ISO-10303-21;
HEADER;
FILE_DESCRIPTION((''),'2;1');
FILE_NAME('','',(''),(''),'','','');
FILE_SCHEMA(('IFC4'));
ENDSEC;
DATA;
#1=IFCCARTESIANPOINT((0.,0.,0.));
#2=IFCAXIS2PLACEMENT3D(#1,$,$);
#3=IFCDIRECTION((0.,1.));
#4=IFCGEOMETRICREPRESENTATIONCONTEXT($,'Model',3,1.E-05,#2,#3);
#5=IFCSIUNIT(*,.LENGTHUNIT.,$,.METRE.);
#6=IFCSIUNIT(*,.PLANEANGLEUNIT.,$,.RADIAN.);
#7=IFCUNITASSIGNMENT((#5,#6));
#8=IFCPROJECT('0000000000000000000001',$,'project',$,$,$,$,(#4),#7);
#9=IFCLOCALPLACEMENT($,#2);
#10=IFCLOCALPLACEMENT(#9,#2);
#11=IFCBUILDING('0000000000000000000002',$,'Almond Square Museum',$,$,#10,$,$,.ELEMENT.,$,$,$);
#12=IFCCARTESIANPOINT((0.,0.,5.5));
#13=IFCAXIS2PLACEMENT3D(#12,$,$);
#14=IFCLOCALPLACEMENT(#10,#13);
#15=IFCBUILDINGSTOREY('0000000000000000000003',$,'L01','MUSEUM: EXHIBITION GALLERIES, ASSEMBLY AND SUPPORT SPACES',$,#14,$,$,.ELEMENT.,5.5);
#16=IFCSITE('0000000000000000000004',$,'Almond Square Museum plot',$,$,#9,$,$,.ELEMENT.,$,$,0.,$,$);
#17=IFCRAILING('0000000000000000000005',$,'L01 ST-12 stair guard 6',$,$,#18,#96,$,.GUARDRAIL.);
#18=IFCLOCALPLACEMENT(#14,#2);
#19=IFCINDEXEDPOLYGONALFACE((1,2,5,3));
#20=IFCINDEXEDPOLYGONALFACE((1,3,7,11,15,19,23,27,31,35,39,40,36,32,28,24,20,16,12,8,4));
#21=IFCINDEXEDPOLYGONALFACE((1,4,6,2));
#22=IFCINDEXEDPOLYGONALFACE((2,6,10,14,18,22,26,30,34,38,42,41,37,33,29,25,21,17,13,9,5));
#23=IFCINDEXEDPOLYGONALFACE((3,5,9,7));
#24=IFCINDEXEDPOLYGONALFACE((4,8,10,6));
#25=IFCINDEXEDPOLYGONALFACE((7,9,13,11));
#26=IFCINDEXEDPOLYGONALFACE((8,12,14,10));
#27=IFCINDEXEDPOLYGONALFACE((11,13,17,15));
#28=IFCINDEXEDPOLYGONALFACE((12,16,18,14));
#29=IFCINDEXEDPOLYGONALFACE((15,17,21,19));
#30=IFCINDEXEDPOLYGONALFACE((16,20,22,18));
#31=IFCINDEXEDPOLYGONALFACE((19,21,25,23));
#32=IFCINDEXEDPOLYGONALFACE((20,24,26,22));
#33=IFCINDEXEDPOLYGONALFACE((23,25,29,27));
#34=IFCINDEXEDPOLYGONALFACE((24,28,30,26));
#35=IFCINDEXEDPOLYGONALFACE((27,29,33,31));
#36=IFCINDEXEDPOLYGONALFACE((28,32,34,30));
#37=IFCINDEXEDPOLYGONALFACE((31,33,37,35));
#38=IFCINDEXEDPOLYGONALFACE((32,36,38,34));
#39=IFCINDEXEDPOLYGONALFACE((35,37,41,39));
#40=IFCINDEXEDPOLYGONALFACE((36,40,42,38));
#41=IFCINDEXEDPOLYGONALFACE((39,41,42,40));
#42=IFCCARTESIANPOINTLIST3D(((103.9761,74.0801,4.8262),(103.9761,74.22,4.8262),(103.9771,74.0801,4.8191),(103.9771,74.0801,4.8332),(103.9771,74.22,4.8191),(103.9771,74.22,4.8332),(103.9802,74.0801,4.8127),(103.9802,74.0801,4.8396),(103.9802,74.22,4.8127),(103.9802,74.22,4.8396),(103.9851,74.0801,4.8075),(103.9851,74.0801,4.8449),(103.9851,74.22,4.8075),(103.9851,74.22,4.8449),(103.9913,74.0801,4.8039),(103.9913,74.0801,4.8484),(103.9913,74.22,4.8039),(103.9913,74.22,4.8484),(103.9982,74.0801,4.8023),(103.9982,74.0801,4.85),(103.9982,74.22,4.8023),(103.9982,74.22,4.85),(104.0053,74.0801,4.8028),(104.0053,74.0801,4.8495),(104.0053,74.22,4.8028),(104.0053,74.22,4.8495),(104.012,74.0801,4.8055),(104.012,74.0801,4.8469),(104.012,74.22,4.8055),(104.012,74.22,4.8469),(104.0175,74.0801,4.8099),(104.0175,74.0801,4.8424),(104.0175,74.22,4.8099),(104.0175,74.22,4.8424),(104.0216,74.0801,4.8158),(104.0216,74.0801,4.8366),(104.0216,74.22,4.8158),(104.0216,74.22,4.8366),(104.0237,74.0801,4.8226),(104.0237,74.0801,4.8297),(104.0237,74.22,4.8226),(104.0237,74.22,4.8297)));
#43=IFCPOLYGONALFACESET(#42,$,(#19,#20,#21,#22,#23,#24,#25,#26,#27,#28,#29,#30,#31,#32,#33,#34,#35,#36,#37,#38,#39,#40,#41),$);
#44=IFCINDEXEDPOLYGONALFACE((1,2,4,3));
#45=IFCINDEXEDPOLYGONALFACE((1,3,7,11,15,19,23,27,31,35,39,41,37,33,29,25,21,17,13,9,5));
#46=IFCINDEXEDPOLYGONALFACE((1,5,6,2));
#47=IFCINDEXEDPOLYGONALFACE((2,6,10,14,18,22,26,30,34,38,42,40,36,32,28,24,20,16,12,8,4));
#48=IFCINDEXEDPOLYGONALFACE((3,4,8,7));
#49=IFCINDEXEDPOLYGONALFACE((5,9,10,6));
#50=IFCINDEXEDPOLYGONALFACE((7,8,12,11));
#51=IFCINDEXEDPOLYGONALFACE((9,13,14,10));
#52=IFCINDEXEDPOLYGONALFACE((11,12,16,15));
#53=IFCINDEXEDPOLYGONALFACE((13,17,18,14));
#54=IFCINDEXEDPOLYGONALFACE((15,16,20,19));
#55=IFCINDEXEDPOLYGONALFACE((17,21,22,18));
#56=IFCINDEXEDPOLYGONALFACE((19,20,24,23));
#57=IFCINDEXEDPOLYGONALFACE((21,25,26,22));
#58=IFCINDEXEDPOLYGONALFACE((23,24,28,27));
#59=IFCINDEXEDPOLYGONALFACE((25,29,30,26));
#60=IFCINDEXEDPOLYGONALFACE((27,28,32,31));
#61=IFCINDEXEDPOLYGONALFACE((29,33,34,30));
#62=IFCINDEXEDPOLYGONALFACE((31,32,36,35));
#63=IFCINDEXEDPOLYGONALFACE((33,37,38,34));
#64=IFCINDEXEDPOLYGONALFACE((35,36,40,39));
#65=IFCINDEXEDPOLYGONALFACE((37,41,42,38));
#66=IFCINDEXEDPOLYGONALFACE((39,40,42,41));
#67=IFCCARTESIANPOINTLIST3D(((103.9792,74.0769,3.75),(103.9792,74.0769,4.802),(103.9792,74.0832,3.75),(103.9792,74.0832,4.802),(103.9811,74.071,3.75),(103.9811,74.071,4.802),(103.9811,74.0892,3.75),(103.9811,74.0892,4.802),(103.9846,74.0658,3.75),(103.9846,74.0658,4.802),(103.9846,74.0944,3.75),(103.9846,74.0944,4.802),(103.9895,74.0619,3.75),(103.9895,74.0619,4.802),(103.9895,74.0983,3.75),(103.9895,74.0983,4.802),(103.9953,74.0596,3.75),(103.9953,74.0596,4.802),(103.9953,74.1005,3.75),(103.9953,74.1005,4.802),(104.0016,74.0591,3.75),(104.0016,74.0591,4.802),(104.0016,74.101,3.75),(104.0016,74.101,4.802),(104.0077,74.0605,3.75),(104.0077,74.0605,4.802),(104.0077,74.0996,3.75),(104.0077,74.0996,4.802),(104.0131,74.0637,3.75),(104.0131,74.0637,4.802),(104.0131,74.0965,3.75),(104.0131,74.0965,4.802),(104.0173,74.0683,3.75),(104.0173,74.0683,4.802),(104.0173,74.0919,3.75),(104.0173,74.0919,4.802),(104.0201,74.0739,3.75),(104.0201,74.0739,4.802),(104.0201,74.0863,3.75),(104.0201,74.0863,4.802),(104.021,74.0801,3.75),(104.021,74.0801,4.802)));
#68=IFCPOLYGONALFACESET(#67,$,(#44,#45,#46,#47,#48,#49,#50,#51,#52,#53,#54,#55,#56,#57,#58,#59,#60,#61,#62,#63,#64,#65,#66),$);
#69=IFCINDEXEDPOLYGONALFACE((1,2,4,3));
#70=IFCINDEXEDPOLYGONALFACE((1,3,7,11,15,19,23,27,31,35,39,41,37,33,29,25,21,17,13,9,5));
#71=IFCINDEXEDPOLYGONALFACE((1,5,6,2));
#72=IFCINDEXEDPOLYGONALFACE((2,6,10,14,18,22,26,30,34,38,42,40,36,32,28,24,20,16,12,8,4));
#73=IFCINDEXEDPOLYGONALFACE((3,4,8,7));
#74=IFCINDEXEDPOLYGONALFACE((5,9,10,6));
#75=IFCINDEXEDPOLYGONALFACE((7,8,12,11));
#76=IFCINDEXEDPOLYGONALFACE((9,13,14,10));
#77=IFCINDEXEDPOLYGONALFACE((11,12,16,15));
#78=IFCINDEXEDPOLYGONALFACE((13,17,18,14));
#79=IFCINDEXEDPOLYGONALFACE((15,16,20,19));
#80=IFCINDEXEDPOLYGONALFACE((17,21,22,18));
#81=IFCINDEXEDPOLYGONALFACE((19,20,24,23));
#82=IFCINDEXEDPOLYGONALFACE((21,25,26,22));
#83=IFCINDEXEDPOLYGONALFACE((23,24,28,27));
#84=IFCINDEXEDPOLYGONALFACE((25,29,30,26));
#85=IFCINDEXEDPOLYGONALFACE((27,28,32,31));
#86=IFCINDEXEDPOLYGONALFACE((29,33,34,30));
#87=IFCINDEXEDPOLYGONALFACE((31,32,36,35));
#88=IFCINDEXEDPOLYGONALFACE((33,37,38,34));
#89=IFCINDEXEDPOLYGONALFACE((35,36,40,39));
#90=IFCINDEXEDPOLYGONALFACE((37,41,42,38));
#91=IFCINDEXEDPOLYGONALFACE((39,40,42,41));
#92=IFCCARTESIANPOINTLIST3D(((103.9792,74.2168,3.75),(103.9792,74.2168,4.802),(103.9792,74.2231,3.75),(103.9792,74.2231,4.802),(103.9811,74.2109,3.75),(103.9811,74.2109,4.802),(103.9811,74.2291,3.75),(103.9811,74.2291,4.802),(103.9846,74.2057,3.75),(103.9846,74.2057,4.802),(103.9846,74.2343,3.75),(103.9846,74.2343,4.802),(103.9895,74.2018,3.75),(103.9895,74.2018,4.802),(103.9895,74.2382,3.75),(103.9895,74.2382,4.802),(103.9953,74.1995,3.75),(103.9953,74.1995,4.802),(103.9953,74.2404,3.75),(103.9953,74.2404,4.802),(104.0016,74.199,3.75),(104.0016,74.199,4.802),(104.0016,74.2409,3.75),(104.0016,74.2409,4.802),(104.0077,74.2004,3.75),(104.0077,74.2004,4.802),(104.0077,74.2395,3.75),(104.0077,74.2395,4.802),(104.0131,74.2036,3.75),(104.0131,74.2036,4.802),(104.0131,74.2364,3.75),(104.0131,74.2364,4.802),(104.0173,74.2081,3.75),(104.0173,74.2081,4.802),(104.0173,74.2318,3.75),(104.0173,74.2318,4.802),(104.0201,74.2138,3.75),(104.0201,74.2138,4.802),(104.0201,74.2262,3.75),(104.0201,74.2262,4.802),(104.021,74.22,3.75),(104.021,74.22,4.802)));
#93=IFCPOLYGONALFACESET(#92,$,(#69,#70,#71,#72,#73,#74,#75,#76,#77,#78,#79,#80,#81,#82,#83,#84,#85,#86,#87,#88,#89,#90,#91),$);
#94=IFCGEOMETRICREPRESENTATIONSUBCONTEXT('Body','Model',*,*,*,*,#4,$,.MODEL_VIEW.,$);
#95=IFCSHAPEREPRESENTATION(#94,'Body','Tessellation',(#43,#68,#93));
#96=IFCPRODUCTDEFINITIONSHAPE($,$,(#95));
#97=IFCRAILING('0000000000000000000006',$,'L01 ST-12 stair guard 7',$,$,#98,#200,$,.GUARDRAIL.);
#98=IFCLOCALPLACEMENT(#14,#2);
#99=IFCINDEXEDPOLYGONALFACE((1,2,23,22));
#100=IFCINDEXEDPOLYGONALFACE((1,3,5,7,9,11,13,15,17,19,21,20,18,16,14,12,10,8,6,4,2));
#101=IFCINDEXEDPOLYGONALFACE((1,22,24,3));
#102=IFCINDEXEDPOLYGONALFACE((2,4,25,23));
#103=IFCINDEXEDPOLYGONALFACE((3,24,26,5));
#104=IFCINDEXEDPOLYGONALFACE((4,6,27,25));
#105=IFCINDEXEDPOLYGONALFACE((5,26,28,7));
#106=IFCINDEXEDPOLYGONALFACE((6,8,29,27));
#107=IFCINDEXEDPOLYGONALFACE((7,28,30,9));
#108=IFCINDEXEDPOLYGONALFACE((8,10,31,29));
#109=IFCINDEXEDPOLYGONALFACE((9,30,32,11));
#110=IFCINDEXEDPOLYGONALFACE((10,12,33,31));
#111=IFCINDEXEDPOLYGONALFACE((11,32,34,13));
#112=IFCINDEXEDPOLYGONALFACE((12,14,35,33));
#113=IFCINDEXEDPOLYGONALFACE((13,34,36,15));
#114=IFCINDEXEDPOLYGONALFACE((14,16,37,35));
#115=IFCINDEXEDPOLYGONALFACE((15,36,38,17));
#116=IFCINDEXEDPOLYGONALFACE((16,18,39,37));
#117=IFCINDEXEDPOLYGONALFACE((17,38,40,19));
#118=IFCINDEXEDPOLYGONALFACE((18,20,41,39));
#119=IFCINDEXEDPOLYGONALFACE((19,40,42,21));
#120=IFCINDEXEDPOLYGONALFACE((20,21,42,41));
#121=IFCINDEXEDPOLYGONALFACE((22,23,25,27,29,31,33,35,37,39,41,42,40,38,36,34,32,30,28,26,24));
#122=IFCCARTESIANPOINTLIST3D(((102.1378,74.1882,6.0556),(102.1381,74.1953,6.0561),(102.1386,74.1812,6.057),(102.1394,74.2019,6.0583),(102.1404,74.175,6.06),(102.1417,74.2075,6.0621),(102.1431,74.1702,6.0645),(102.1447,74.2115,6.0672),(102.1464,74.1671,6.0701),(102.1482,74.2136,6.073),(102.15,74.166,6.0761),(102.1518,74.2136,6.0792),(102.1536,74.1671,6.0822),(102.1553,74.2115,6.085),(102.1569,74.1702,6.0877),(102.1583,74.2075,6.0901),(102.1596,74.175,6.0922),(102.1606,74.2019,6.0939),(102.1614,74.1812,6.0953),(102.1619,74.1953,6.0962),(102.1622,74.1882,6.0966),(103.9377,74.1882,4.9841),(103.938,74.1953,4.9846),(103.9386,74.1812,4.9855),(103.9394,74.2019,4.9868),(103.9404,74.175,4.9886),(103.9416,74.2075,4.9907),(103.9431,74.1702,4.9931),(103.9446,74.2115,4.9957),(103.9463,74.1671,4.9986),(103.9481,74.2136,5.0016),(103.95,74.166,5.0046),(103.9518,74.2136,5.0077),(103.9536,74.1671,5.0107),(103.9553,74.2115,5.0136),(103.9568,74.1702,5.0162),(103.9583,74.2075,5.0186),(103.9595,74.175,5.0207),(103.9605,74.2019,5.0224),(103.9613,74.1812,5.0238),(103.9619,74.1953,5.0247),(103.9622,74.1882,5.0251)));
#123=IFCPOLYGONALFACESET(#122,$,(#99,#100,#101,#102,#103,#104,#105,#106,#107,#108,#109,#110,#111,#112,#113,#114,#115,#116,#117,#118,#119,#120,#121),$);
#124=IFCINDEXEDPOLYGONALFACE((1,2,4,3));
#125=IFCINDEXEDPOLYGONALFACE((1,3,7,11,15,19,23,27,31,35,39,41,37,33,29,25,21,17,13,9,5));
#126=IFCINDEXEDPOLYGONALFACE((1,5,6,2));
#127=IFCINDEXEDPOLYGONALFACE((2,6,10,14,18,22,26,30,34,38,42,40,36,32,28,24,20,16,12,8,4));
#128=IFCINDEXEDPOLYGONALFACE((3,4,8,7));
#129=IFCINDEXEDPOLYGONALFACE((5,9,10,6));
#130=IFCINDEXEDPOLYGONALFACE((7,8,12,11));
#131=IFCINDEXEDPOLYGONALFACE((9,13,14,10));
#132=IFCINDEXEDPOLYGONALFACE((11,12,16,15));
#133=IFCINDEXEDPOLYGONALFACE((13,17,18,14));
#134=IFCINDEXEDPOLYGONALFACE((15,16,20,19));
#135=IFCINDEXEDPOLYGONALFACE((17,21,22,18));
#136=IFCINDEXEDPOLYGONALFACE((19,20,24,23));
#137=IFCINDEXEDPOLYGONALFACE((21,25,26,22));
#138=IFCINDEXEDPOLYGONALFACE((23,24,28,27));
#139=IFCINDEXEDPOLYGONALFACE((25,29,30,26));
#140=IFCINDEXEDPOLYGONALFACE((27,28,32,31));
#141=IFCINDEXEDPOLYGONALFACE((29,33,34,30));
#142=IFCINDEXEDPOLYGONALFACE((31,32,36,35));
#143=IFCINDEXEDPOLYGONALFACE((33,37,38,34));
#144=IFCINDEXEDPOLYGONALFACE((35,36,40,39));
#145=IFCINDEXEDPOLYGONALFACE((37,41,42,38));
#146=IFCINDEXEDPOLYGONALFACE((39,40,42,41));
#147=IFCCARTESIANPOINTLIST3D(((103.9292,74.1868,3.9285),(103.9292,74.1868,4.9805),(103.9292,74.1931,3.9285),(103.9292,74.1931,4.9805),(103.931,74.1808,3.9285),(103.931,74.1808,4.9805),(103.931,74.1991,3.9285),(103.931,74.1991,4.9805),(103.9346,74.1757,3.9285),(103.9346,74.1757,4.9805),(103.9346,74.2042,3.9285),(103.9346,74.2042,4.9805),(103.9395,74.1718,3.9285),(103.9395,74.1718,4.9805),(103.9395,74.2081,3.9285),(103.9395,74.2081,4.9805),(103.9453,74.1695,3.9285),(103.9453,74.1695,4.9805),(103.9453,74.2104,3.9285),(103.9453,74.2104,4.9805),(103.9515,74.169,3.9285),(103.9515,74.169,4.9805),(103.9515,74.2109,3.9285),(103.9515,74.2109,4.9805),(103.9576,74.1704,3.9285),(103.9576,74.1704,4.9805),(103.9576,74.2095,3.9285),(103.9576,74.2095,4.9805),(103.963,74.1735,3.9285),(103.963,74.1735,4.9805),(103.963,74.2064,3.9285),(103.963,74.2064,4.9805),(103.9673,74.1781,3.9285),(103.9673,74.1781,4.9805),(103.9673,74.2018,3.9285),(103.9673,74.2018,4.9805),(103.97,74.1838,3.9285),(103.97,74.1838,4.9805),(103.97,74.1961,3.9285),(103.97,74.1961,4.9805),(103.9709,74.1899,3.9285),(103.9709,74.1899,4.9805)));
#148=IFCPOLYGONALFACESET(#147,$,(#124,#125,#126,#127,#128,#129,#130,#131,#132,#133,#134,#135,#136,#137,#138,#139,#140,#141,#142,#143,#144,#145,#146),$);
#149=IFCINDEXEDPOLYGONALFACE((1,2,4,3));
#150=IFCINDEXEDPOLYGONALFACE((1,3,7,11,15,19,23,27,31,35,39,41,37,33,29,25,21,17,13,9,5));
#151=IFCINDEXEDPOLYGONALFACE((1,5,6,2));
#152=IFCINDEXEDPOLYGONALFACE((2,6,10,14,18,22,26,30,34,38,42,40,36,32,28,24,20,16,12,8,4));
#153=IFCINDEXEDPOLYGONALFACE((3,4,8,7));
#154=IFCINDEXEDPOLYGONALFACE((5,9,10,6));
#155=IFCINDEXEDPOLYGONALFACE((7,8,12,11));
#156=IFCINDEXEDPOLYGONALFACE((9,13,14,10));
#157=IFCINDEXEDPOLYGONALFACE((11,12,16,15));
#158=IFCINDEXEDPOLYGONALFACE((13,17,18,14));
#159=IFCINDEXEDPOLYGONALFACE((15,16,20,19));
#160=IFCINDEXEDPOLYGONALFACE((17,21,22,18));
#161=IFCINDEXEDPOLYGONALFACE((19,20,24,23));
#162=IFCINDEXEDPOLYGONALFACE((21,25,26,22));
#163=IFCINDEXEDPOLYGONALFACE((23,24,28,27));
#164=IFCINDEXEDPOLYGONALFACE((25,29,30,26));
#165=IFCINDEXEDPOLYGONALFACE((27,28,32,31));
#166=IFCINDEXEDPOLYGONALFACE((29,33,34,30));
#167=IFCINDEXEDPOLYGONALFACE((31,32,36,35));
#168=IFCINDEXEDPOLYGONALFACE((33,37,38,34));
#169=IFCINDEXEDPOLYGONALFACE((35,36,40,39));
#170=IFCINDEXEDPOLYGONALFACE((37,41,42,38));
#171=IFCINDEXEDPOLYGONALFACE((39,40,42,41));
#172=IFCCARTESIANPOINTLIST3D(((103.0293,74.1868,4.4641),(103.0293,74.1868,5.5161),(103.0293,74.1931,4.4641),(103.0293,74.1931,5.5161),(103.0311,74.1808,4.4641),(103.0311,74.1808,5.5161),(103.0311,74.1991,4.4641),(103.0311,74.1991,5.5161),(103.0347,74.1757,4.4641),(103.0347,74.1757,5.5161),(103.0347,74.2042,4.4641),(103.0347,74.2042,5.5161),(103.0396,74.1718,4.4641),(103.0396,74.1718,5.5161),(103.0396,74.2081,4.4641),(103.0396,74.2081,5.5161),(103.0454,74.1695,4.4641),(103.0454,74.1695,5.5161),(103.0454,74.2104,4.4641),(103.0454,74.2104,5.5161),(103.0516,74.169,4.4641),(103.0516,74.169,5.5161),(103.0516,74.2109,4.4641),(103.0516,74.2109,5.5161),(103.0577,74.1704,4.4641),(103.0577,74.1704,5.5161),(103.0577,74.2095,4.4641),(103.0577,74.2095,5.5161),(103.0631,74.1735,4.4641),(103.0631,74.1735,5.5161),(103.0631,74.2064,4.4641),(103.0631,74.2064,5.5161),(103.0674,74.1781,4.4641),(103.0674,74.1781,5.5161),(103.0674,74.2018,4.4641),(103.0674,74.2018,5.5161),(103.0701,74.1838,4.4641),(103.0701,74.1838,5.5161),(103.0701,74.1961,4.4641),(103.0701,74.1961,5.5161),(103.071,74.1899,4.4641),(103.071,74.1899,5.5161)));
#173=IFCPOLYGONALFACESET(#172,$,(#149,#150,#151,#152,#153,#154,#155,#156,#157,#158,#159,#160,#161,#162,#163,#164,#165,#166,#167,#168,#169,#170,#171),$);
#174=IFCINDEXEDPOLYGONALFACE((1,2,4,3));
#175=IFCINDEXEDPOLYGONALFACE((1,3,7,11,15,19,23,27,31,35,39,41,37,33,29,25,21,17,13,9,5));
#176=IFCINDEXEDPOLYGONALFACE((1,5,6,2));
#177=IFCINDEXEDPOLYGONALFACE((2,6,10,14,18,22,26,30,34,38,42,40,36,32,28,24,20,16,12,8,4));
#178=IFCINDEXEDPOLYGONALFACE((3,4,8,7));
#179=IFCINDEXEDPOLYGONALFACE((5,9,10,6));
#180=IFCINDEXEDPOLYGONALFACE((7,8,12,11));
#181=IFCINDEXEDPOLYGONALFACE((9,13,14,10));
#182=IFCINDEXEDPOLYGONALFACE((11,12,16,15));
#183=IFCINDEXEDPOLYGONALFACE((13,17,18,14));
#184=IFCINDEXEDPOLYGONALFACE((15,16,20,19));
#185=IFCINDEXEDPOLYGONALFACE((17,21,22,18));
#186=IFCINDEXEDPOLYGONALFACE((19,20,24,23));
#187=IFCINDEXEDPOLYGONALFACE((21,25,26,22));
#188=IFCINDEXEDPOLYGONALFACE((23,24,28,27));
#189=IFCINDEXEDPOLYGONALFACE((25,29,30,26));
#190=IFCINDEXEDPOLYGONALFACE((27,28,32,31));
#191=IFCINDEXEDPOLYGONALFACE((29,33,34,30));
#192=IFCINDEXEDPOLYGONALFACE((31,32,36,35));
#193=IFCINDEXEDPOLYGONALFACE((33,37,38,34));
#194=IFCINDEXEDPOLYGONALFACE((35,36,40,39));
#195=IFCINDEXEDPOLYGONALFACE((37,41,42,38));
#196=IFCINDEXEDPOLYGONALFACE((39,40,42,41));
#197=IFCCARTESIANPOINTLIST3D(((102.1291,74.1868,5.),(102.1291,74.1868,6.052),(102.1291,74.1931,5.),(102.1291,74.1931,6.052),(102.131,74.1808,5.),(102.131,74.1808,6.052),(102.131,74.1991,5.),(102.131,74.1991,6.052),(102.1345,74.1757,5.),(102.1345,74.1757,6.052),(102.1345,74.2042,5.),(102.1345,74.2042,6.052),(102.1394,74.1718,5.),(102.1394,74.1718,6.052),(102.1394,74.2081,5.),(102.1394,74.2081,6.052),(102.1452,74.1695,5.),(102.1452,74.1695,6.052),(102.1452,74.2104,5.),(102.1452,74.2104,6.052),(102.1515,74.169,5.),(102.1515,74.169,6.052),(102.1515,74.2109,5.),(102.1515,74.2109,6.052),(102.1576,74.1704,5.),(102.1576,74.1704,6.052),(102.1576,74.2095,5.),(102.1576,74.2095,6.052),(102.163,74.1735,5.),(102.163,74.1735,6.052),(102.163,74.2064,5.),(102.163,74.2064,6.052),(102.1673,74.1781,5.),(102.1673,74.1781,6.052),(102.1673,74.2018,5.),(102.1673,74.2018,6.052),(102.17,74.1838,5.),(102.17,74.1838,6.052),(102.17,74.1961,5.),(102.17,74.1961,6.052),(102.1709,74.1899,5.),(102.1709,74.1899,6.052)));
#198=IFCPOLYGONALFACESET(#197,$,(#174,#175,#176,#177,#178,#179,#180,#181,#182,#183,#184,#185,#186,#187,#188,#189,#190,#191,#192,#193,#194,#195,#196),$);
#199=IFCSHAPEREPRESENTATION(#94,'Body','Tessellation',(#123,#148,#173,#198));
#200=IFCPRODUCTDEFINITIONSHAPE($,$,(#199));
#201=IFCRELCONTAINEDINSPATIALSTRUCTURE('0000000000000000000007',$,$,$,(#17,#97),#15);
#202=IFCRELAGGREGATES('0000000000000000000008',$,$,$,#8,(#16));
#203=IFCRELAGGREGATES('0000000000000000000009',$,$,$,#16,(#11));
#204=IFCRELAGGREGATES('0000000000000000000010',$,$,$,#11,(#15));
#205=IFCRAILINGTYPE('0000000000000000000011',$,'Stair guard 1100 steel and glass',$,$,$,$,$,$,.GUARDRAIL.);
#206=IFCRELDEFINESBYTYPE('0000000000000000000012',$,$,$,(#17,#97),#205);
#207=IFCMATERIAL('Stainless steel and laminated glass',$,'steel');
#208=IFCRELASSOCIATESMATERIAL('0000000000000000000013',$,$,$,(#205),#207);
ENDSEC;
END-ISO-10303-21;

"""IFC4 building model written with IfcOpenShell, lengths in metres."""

from ifc_helpers import new_model, si_unit, direction, frame, origin, origin_2d, place, context, subcontext, project, spatial, circle, extrude, material, type_object, element, save


model = new_model("IFC4")

# Units and contexts
model_context = context("Model", 3, precision=1e-05, world=origin(), true_north=direction((0.0, 1.0)))
body_context = subcontext(model_context, "Body", "Model", "MODEL_VIEW")
ifc_project = project(units=[si_unit("LENGTHUNIT", "METRE"), si_unit("PLANEANGLEUNIT", "RADIAN")], contexts=[model_context])

# Site, building, storey
site_placement = place(None, origin())
site = spatial("IfcSite", under=ifc_project, at=site_placement, Name="Almond Square Museum plot", CompositionType="ELEMENT", RefElevation=0.0)
building_placement = place(site_placement, origin())
building = spatial("IfcBuilding", under=site, at=building_placement, Name="Almond Square Museum", CompositionType="ELEMENT")
storey_placement = place(building_placement, frame((0.0, 0.0, 5.5)))
storey = spatial("IfcBuildingStorey", under=building, at=storey_placement, Name="L01", Description="MUSEUM: EXHIBITION GALLERIES, ASSEMBLY AND SUPPORT SPACES", CompositionType="ELEMENT", Elevation=5.5)

# Railings
ifc_material_1 = material(Name="Stainless steel and laminated glass", Category="steel")
railing_type_1 = type_object("IfcRailingType", Name="Stair guard 1100 steel and glass", PredefinedType="GUARDRAIL", material=ifc_material_1)
railing_1_placement = place(storey_placement, frame((104.0, 74.0801, 3.75)))
element("IfcRailing", 1, at=railing_1_placement, inside=storey, type_object=railing_type_1, Name="L01 ST-12 stair guard 6", PredefinedType="GUARDRAIL", context=body_context, shape_type="SweptSolid", body=[
    extrude(circle(Radius=0.0239, at=origin_2d()), frame((0.0, 0.0, 1.0762), z_axis=(0.0, 1.0, 0.0), x_axis=(-1.0, 0.0, 0.0)), (0.0, 0.0, 1.0), 0.1399),
    extrude(circle(Radius=0.021, at=origin_2d()), origin(), (0.0, 0.0, 1.0), 1.052),
    extrude(circle(Radius=0.021, at=origin_2d()), frame((0.0, 0.1399, 0.0)), (0.0, 0.0, 1.0), 1.052),
])
railing_2_placement = place(storey_placement, frame((103.95, 74.1899, 3.9285)))
element("IfcRailing", 2, at=railing_2_placement, inside=storey, type_object=railing_type_1, Name="L01 ST-12 stair guard 7", PredefinedType="GUARDRAIL", context=body_context, shape_type="SweptSolid", body=[
    extrude(circle(Radius=0.0239, at=origin_2d()), frame((0.0, 0.0, 1.0762), z_axis=(-0.859277, 0.0, 0.51151), x_axis=(0.0, -1.0, 0.0)), (0.0, 0.0, 1.0), 2.0947),
    extrude(circle(Radius=0.021, at=origin_2d()), origin(), (0.0, 0.0, 1.0), 1.052),
    extrude(circle(Radius=0.021, at=origin_2d()), frame((-0.8999, 0.0, 0.5356)), (0.0, 0.0, 1.0), 1.052),
    extrude(circle(Radius=0.021, at=origin_2d()), frame((-1.8, 0.0, 1.0715)), (0.0, 0.0, 1.0), 1.052),
])

save(model, "model.ifc")
